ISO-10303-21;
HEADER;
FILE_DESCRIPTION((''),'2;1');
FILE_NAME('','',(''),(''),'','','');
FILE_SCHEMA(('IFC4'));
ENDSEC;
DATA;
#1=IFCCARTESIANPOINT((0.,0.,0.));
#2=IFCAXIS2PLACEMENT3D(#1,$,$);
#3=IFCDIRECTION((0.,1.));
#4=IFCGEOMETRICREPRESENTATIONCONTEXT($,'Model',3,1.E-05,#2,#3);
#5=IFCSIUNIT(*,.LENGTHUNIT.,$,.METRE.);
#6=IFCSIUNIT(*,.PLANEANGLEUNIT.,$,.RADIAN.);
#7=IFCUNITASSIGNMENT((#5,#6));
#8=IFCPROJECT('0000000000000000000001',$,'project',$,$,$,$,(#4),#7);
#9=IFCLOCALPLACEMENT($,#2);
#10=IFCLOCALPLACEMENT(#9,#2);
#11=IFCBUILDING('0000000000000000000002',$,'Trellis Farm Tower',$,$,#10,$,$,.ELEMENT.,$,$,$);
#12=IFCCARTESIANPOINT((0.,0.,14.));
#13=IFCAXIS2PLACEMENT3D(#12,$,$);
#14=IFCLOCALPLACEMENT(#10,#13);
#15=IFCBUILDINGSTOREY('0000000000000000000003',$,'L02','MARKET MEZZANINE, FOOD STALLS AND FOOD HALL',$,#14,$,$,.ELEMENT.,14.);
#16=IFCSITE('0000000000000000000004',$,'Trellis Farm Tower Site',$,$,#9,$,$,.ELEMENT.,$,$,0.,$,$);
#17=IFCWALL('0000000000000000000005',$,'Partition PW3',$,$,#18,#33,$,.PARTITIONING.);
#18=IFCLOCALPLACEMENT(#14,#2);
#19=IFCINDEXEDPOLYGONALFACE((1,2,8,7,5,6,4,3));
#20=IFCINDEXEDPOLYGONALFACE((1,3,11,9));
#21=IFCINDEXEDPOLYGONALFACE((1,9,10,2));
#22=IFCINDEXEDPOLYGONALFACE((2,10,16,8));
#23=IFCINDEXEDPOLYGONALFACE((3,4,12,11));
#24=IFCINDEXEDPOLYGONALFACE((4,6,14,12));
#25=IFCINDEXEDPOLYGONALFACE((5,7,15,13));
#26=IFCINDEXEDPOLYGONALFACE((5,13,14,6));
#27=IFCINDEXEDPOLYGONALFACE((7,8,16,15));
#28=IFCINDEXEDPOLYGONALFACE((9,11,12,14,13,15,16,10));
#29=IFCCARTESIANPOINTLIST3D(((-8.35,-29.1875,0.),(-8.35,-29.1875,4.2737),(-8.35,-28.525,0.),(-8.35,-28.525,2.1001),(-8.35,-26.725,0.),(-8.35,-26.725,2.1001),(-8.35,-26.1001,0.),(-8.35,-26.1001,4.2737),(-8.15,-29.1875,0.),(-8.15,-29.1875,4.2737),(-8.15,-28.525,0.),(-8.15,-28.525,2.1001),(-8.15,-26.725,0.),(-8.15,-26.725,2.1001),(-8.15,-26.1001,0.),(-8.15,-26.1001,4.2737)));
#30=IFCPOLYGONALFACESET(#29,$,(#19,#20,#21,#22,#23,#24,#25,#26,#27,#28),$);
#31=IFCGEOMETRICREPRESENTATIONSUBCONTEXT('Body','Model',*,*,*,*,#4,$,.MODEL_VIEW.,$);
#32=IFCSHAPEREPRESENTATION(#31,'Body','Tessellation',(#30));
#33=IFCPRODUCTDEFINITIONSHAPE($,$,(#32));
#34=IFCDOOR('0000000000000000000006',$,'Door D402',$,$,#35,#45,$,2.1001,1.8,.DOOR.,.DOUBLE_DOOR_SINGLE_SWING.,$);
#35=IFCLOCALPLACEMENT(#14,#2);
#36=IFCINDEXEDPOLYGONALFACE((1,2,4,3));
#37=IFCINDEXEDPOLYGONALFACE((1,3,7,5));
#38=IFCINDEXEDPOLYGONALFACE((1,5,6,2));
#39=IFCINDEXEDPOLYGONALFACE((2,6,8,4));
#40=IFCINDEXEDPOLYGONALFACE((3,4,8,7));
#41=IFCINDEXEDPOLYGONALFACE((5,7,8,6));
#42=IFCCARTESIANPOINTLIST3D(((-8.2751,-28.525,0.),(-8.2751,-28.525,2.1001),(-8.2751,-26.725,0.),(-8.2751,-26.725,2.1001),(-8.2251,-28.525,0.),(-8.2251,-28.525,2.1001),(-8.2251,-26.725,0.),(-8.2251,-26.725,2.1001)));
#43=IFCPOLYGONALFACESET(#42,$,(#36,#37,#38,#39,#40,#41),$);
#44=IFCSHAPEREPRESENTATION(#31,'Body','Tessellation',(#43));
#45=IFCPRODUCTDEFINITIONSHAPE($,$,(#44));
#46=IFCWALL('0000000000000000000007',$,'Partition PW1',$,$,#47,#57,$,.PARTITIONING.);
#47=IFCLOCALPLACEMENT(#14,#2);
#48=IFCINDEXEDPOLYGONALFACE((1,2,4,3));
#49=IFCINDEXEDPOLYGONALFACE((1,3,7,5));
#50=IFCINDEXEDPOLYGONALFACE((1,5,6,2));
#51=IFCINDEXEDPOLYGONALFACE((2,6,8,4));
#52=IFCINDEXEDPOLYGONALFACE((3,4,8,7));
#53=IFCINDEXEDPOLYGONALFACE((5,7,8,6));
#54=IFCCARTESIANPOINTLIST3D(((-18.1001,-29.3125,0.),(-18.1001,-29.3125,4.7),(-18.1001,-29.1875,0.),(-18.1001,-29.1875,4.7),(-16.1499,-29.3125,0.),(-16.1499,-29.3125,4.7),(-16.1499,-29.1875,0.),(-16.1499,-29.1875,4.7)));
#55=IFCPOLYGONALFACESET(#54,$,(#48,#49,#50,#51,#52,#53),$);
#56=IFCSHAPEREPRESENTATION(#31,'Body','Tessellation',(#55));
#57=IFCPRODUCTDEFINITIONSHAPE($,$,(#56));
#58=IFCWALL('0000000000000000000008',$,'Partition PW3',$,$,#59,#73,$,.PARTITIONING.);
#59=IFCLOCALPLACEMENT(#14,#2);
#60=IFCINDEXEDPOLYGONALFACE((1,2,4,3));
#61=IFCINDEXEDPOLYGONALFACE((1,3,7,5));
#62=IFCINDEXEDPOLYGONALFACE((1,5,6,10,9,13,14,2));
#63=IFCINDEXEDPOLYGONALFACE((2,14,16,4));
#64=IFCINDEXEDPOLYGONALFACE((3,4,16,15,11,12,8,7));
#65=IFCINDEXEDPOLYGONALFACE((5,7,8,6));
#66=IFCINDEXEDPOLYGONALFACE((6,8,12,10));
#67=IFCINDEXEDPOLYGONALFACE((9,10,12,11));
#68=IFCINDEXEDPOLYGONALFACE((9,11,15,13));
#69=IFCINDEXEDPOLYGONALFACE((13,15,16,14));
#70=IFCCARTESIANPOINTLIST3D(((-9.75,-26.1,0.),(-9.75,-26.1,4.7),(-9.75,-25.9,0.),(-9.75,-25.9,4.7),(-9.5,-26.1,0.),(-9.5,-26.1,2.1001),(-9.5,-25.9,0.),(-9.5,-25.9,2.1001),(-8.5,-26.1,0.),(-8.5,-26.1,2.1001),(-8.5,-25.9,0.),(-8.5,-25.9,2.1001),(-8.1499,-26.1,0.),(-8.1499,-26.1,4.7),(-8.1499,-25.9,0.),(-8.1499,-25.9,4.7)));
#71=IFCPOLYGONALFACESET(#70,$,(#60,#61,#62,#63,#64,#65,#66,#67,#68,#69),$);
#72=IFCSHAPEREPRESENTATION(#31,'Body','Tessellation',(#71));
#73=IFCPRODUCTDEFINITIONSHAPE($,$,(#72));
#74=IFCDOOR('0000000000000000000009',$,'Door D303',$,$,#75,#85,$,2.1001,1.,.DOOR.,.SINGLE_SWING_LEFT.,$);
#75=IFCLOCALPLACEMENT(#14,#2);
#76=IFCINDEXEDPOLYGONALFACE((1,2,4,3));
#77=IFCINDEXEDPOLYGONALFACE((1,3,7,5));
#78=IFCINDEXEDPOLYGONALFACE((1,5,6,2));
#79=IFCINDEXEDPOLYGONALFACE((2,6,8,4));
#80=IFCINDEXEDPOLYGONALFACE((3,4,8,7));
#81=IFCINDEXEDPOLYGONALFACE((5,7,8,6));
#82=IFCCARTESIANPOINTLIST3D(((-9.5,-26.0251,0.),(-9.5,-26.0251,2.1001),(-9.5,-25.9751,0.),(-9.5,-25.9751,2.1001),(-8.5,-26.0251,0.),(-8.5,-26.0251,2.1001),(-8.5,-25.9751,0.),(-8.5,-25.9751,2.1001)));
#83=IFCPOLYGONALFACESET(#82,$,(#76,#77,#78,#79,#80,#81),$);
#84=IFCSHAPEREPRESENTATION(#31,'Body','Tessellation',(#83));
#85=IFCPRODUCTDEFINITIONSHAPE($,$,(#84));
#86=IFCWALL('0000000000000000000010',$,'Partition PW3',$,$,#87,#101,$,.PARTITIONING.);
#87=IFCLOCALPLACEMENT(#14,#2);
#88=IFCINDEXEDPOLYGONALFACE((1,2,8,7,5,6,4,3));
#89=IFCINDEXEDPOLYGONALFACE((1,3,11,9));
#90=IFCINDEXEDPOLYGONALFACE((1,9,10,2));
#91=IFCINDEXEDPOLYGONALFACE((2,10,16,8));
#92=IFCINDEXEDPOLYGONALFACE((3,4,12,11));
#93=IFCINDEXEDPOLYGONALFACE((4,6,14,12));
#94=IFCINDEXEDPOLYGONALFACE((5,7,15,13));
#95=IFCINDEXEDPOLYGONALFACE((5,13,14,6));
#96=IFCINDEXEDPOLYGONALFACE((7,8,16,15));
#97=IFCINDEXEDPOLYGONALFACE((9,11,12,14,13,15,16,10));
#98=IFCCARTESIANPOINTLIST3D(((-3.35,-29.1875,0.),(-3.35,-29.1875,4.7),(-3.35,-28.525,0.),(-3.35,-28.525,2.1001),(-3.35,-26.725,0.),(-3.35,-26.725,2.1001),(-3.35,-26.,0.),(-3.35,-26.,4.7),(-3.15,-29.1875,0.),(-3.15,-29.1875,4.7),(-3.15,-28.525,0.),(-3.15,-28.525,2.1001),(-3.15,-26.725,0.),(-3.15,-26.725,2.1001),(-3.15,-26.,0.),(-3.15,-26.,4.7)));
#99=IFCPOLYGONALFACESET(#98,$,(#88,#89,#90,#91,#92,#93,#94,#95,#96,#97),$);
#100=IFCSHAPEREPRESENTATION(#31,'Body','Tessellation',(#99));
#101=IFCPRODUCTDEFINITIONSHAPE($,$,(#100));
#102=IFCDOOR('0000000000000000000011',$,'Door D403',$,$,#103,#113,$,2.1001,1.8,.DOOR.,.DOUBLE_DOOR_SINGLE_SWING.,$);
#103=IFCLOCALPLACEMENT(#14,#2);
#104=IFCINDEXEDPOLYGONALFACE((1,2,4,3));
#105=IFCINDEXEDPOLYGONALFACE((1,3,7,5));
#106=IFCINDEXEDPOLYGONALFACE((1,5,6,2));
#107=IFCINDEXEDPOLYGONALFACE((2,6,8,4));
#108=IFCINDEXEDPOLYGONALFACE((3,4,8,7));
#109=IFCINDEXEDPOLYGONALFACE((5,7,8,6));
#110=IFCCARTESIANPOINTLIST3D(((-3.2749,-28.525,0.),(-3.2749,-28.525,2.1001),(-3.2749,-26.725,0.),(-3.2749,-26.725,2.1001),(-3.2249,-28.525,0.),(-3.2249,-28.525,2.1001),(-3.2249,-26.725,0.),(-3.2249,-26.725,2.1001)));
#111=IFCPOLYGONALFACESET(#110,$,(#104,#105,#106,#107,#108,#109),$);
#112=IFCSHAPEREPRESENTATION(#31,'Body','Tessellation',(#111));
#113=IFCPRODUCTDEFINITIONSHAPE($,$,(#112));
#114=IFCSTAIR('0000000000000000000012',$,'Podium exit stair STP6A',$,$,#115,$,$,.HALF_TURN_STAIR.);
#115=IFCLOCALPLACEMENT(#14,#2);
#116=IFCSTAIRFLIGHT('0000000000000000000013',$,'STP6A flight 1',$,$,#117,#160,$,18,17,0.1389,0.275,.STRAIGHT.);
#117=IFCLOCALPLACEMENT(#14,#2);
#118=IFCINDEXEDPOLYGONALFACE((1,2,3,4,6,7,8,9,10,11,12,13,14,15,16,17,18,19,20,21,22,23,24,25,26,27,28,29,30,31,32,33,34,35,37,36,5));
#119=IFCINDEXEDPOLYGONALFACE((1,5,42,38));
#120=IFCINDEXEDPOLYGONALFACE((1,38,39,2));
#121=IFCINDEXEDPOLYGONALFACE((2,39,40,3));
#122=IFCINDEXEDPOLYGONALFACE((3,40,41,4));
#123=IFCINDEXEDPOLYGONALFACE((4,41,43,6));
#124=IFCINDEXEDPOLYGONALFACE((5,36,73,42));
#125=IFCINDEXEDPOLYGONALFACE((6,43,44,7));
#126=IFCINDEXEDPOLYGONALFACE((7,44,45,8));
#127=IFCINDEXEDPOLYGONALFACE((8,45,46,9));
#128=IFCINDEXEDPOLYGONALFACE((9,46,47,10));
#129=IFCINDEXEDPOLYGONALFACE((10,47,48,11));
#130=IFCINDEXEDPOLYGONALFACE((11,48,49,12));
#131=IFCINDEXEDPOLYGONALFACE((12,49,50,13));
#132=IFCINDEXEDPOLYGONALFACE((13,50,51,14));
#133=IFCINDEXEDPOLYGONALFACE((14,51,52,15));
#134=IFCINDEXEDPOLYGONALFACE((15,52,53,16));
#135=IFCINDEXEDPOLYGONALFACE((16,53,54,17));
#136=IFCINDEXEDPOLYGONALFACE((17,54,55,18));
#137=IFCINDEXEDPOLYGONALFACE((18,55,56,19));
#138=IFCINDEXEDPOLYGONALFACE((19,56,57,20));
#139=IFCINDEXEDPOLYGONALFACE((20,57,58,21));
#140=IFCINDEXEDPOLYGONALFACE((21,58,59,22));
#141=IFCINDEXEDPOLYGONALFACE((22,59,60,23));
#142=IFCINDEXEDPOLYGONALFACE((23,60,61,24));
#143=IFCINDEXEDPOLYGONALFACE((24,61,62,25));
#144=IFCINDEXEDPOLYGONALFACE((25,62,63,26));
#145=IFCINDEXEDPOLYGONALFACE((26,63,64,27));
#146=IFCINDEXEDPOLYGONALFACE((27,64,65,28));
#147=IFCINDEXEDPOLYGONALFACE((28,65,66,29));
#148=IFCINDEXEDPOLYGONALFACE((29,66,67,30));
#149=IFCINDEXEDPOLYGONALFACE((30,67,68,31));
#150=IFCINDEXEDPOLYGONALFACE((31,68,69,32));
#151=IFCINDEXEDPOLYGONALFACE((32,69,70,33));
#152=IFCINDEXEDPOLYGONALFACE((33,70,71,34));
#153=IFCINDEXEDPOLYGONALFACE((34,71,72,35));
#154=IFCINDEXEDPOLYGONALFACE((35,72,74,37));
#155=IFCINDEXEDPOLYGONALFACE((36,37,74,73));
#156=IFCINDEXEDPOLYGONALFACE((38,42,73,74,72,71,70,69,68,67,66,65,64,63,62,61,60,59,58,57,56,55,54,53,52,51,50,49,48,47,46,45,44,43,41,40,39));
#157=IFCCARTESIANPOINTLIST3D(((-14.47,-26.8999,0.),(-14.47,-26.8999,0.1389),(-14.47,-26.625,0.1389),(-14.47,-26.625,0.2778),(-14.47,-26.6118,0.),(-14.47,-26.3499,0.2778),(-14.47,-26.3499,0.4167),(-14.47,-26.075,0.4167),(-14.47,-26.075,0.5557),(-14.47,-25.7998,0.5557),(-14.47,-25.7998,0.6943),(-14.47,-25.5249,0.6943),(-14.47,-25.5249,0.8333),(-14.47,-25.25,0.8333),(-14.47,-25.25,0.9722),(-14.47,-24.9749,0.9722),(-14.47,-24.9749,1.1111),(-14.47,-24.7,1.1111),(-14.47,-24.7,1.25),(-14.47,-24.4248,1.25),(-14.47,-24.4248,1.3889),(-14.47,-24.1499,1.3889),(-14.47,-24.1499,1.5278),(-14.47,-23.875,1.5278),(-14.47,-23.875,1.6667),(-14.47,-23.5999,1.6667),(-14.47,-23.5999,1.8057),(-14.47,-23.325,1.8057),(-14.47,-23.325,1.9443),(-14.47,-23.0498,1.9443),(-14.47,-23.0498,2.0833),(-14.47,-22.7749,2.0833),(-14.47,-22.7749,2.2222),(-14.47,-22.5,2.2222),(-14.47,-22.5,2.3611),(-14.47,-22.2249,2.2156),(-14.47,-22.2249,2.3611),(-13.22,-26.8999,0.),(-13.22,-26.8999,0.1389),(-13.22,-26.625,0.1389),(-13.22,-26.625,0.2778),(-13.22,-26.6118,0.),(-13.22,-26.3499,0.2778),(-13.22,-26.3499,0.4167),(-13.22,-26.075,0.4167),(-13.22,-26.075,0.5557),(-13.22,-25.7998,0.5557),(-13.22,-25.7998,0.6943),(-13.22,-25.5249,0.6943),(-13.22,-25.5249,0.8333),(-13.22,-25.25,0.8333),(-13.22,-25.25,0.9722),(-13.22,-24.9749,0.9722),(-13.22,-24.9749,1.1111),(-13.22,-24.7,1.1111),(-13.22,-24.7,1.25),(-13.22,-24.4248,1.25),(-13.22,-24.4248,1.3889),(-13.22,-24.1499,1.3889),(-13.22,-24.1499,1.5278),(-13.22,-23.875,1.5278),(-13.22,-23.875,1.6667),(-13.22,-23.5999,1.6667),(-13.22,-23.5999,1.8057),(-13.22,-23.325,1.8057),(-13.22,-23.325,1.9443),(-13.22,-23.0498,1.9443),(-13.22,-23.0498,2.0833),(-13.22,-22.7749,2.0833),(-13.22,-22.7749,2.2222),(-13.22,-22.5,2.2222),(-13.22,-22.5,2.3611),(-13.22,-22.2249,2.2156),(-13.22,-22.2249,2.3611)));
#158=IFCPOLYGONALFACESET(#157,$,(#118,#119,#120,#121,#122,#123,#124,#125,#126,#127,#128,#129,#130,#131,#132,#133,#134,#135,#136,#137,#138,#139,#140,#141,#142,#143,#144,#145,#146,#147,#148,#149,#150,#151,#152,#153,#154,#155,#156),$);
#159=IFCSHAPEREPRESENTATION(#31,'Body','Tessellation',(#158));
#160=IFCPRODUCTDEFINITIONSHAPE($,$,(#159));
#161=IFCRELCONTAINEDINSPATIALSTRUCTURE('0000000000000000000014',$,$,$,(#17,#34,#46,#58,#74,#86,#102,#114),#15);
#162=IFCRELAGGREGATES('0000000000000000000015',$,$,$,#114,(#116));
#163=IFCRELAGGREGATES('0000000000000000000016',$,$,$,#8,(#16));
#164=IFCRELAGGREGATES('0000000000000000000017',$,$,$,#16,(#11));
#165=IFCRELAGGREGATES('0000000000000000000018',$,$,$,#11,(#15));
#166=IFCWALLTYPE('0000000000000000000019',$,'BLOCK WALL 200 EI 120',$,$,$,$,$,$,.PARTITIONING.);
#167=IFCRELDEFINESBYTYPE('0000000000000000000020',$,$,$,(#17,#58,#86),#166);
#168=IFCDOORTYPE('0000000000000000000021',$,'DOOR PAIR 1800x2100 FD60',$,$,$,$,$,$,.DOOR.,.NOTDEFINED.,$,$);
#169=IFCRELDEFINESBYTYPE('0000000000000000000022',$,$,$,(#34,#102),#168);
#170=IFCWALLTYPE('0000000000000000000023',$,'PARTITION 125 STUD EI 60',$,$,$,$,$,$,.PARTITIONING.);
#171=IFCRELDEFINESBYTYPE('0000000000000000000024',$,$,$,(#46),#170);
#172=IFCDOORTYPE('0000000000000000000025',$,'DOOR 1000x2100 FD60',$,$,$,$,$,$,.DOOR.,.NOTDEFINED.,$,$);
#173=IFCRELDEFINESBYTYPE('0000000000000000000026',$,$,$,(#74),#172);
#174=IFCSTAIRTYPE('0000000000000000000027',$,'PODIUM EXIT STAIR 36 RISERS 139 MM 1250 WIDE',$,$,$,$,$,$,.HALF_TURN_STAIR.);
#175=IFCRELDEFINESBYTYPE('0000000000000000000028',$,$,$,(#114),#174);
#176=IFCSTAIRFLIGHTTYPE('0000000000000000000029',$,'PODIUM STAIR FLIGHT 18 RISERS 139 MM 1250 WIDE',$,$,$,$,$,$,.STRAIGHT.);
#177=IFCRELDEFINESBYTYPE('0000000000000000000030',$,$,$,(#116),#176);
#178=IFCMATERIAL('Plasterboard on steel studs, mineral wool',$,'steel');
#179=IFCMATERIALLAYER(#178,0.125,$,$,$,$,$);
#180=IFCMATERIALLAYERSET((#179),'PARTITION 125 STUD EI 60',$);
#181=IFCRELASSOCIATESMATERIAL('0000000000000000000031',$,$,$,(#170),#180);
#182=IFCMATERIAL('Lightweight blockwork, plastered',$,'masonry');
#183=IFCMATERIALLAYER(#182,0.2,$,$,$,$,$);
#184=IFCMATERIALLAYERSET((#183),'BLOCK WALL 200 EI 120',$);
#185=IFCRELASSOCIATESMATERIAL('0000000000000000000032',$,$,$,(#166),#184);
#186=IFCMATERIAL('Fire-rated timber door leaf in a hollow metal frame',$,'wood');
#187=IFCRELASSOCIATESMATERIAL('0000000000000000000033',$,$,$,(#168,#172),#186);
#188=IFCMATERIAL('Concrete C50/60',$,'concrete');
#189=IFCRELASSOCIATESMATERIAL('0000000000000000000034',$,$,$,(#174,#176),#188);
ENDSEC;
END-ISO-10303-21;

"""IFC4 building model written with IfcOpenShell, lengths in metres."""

from ifc_helpers import new_model, si_unit, direction, frame, frame_2d, origin, place, context, subcontext, project, spatial, polyline, rectangle, outline, extrude, source, transform, mapped, material, layer, layer_set, type_object, element, fill, aggregate, save


model = new_model("IFC4")

# Units and contexts
model_context = context("Model", 3, precision=1e-05, world=origin(), true_north=direction((0.0, 1.0)))
body_context = subcontext(model_context, "Body", "Model", "MODEL_VIEW")
ifc_project = project(units=[si_unit("LENGTHUNIT", "METRE"), si_unit("PLANEANGLEUNIT", "RADIAN")], contexts=[model_context])

# Site, building, storey
site_placement = place(None, origin())
site = spatial("IfcSite", under=ifc_project, at=site_placement, Name="Trellis Farm Tower Site", CompositionType="ELEMENT", RefElevation=0.0)
building_placement = place(site_placement, origin())
building = spatial("IfcBuilding", under=site, at=building_placement, Name="Trellis Farm Tower", CompositionType="ELEMENT")
storey_placement = place(building_placement, frame((0.0, 0.0, 14.0)))
storey = spatial("IfcBuildingStorey", under=building, at=storey_placement, Name="L02", Description="MARKET MEZZANINE, FOOD STALLS AND FOOD HALL", CompositionType="ELEMENT", Elevation=14.0)

# Shared definitions
ifc_material_1 = material(Name="Plasterboard on steel studs, mineral wool", Category="steel")
ifc_layer_1 = layer(ifc_material_1, 0.125)
ifc_layer_set_1 = layer_set([ifc_layer_1], Name="PARTITION 125 STUD EI 60")
wall_type_1 = type_object("IfcWallType", Name="PARTITION 125 STUD EI 60", PredefinedType="PARTITIONING", material=ifc_layer_set_1)

# Shared definitions
shared_shape_1 = source(origin(), body_context, "Body", "SweptSolid", [
    extrude(rectangle(XDim=1.8, YDim=2.1001, at=frame_2d((0.8999, 1.05))), frame((0.0, 0.0249, 0.0), z_axis=(0.0, -1.0, 0.0), x_axis=(1.0, 0.0, 0.0)), (0.0, 0.0, 1.0), 0.05),
])

# Shared definitions
ifc_material_2 = material(Name="Lightweight blockwork, plastered", Category="masonry")
ifc_layer_2 = layer(ifc_material_2, 0.2)
ifc_layer_set_2 = layer_set([ifc_layer_2], Name="BLOCK WALL 200 EI 120")
wall_type_2 = type_object("IfcWallType", Name="BLOCK WALL 200 EI 120", PredefinedType="PARTITIONING", material=ifc_layer_set_2)

# Wall, opening, door
shared_shape_2 = source(origin(), body_context, "Body", "SweptSolid", [
    extrude(rectangle(XDim=3.0874, YDim=0.2, at=frame_2d((1.5437, 0.0))), origin(), (0.0, 0.0, 1.0), 4.2737),
])
shared_shape_3 = source(origin(), body_context, "Body", "SweptSolid", [
    extrude(rectangle(XDim=1.8, YDim=2.1001, at=frame_2d((0.8999, 1.05))), frame((0.0, 0.1101, 0.0), z_axis=(0.0, -1.0, 0.0), x_axis=(1.0, 0.0, 0.0)), (0.0, 0.0, 1.0), 0.2202),
])
ifc_material_3 = material(Name="Fire-rated timber door leaf in a hollow metal frame", Category="wood")
door_type_1 = type_object("IfcDoorType", Name="DOOR PAIR 1800x2100 FD60", OperationType="NOTDEFINED", PredefinedType="DOOR", material=ifc_material_3)
wall_1_placement = place(storey_placement, frame((-8.25, -26.1001, 0.0), z_axis=(0.0, 0.0, 1.0), x_axis=(0.0, -1.0, 0.0)))
wall_1 = element("IfcWall", 1, at=wall_1_placement, inside=storey, type_object=wall_type_2, Name="Partition PW3", PredefinedType="PARTITIONING", context=body_context, shape_type="MappedRepresentation", body=[
    mapped(shared_shape_2, transform((0.0, 0.0, 0.0))),
])
opening_1_placement = place(wall_1_placement, frame((0.625, 0.0, 0.0)))
opening_1 = element("IfcOpeningElement", 2, at=opening_1_placement, cuts=wall_1, PredefinedType="OPENING", context=body_context, shape_type="MappedRepresentation", body=[
    mapped(shared_shape_3, transform((0.0, 0.0, 0.0))),
])
door_1_placement = place(opening_1_placement, origin())
door_1 = element("IfcDoor", 3, at=door_1_placement, inside=storey, type_object=door_type_1, Name="Door D402", OperationType="DOUBLE_DOOR_SINGLE_SWING", OverallHeight=2.1001, OverallWidth=1.8, PredefinedType="DOOR", context=body_context, shape_type="MappedRepresentation", body=[
    mapped(shared_shape_1, transform((0.0, 0.0, 0.0))),
])
fill(opening_1, door_1)

# Wall
shared_shape_4 = source(origin(), body_context, "Body", "SweptSolid", [
    extrude(rectangle(XDim=1.9502, YDim=0.125, at=frame_2d((0.9751, 0.0))), origin(), (0.0, 0.0, 1.0), 4.7),
])
wall_2_placement = place(storey_placement, frame((-16.1499, -29.25, 0.0), z_axis=(0.0, 0.0, 1.0), x_axis=(-1.0, 0.0, 0.0)))
element("IfcWall", 4, at=wall_2_placement, inside=storey, type_object=wall_type_1, Name="Partition PW1", PredefinedType="PARTITIONING", context=body_context, shape_type="MappedRepresentation", body=[
    mapped(shared_shape_4, transform((0.0, 0.0, 0.0))),
])

# Walls, openings, doors
shared_shape_5 = source(origin(), body_context, "Body", "SweptSolid", [
    extrude(rectangle(XDim=1.6001, YDim=0.2, at=frame_2d((0.8, 0.0))), origin(), (0.0, 0.0, 1.0), 4.7),
])
wall_3_placement = place(storey_placement, frame((-9.75, -26.0, 0.0), z_axis=(0.0, 0.0, 1.0), x_axis=(1.0, 0.0, 0.0)))
wall_3 = element("IfcWall", 5, at=wall_3_placement, inside=storey, type_object=wall_type_2, Name="Partition PW3", PredefinedType="PARTITIONING", context=body_context, shape_type="MappedRepresentation", body=[
    mapped(shared_shape_5, transform((0.0, 0.0, 0.0))),
])
shared_shape_6 = source(origin(), body_context, "Body", "SweptSolid", [
    extrude(rectangle(XDim=1.0, YDim=2.1001, at=frame_2d((0.5, 1.05))), frame((0.0, 0.1101, 0.0), z_axis=(0.0, -1.0, 0.0), x_axis=(1.0, 0.0, 0.0)), (0.0, 0.0, 1.0), 0.2202),
])
opening_2_placement = place(wall_3_placement, frame((0.25, 0.0, 0.0)))
opening_2 = element("IfcOpeningElement", 6, at=opening_2_placement, cuts=wall_3, PredefinedType="OPENING", context=body_context, shape_type="MappedRepresentation", body=[
    mapped(shared_shape_6, transform((0.0, 0.0, 0.0))),
])
door_type_2 = type_object("IfcDoorType", Name="DOOR 1000x2100 FD60", OperationType="NOTDEFINED", PredefinedType="DOOR", material=ifc_material_3)
shared_shape_7 = source(origin(), body_context, "Body", "SweptSolid", [
    extrude(rectangle(XDim=1.0, YDim=2.1001, at=frame_2d((0.5, 1.05))), frame((0.0, 0.0249, 0.0), z_axis=(0.0, -1.0, 0.0), x_axis=(1.0, 0.0, 0.0)), (0.0, 0.0, 1.0), 0.05),
])
door_2_placement = place(opening_2_placement, origin())
door_2 = element("IfcDoor", 7, at=door_2_placement, inside=storey, type_object=door_type_2, Name="Door D303", OperationType="SINGLE_SWING_LEFT", OverallHeight=2.1001, OverallWidth=1.0, PredefinedType="DOOR", context=body_context, shape_type="MappedRepresentation", body=[
    mapped(shared_shape_7, transform((0.0, 0.0, 0.0))),
])
fill(opening_2, door_2)
shared_shape_8 = source(origin(), body_context, "Body", "SweptSolid", [
    extrude(rectangle(XDim=3.1875, YDim=0.2, at=frame_2d((1.5938, 0.0))), origin(), (0.0, 0.0, 1.0), 4.7),
])
wall_4_placement = place(storey_placement, frame((-3.25, -29.1875, 0.0), z_axis=(0.0, 0.0, 1.0), x_axis=(0.0, 1.0, 0.0)))
wall_4 = element("IfcWall", 8, at=wall_4_placement, inside=storey, type_object=wall_type_2, Name="Partition PW3", PredefinedType="PARTITIONING", context=body_context, shape_type="MappedRepresentation", body=[
    mapped(shared_shape_8, transform((0.0, 0.0, 0.0))),
])
opening_3_placement = place(wall_4_placement, frame((0.6626, 0.0, 0.0)))
opening_3 = element("IfcOpeningElement", 9, at=opening_3_placement, cuts=wall_4, PredefinedType="OPENING", context=body_context, shape_type="MappedRepresentation", body=[
    mapped(shared_shape_3, transform((0.0, 0.0, 0.0))),
])
door_3_placement = place(opening_3_placement, origin())
door_3 = element("IfcDoor", 10, at=door_3_placement, inside=storey, type_object=door_type_1, Name="Door D403", OperationType="DOUBLE_DOOR_SINGLE_SWING", OverallHeight=2.1001, OverallWidth=1.8, PredefinedType="DOOR", context=body_context, shape_type="MappedRepresentation", body=[
    mapped(shared_shape_1, transform((0.0, 0.0, 0.0))),
])
fill(opening_3, door_3)

# Stair, stair flight
ifc_material_4 = material(Name="Concrete C50/60", Category="concrete")
stair_type = type_object("IfcStairType", Name="PODIUM EXIT STAIR 36 RISERS 139 MM 1250 WIDE", PredefinedType="HALF_TURN_STAIR", material=ifc_material_4)
placement = place(storey_placement, origin())
stair_1 = element("IfcStair", 11, at=placement, inside=storey, type_object=stair_type, Name="Podium exit stair STP6A", PredefinedType="HALF_TURN_STAIR")
stair_flight_type = type_object("IfcStairFlightType", Name="PODIUM STAIR FLIGHT 18 RISERS 139 MM 1250 WIDE", PredefinedType="STRAIGHT", material=ifc_material_4)
shared_shape_9 = source(origin(), body_context, "Body", "SweptSolid", [
    extrude(outline(polyline([(0.0, 0.0), (0.0, 0.1389), (0.2749, 0.1389), (0.2749, 0.2778), (0.55, 0.2778), (0.55, 0.4167), (0.825, 0.4167), (0.825, 0.5557), (1.1001, 0.5557), (1.1001, 0.6943), (1.375, 0.6943), (1.375, 0.8333), (1.6499, 0.8333), (1.6499, 0.9722), (1.925, 0.9722), (1.925, 1.1111), (2.2, 1.1111), (2.2, 1.25), (2.4751, 1.25), (2.4751, 1.3889), (2.75, 1.3889), (2.75, 1.5278), (3.0249, 1.5278), (3.0249, 1.6667), (3.3, 1.6667), (3.3, 1.8057), (3.575, 1.8057), (3.575, 1.9443), (3.8501, 1.9443), (3.8501, 2.0833), (4.125, 2.0833), (4.125, 2.2222), (4.3999, 2.2222), (4.3999, 2.3611), (4.675, 2.3611), (4.675, 2.5), (4.675, 2.2156), (0.2881, 0.0), (0.0, 0.0)])), frame((0.0, 0.625, 0.0), z_axis=(0.0, -1.0, 0.0), x_axis=(1.0, 0.0, 0.0)), (0.0, 0.0, 1.0), 1.25),
])
stair_flight_1_placement = place(storey_placement, frame((-13.845, -26.8999, 0.0), z_axis=(0.0, 0.0, 1.0), x_axis=(0.0, 1.0, 0.0)))
stair_flight_1 = element("IfcStairFlight", 12, at=stair_flight_1_placement, type_object=stair_flight_type, Name="STP6A flight 1", NumberOfRisers=18, NumberOfTreads=17, PredefinedType="STRAIGHT", RiserHeight=0.1389, TreadLength=0.275, context=body_context, shape_type="MappedRepresentation", body=[
    mapped(shared_shape_9, transform((0.0, 0.0, 0.0))),
])
aggregate(stair_1, [stair_flight_1])

save(model, "model.ifc")
